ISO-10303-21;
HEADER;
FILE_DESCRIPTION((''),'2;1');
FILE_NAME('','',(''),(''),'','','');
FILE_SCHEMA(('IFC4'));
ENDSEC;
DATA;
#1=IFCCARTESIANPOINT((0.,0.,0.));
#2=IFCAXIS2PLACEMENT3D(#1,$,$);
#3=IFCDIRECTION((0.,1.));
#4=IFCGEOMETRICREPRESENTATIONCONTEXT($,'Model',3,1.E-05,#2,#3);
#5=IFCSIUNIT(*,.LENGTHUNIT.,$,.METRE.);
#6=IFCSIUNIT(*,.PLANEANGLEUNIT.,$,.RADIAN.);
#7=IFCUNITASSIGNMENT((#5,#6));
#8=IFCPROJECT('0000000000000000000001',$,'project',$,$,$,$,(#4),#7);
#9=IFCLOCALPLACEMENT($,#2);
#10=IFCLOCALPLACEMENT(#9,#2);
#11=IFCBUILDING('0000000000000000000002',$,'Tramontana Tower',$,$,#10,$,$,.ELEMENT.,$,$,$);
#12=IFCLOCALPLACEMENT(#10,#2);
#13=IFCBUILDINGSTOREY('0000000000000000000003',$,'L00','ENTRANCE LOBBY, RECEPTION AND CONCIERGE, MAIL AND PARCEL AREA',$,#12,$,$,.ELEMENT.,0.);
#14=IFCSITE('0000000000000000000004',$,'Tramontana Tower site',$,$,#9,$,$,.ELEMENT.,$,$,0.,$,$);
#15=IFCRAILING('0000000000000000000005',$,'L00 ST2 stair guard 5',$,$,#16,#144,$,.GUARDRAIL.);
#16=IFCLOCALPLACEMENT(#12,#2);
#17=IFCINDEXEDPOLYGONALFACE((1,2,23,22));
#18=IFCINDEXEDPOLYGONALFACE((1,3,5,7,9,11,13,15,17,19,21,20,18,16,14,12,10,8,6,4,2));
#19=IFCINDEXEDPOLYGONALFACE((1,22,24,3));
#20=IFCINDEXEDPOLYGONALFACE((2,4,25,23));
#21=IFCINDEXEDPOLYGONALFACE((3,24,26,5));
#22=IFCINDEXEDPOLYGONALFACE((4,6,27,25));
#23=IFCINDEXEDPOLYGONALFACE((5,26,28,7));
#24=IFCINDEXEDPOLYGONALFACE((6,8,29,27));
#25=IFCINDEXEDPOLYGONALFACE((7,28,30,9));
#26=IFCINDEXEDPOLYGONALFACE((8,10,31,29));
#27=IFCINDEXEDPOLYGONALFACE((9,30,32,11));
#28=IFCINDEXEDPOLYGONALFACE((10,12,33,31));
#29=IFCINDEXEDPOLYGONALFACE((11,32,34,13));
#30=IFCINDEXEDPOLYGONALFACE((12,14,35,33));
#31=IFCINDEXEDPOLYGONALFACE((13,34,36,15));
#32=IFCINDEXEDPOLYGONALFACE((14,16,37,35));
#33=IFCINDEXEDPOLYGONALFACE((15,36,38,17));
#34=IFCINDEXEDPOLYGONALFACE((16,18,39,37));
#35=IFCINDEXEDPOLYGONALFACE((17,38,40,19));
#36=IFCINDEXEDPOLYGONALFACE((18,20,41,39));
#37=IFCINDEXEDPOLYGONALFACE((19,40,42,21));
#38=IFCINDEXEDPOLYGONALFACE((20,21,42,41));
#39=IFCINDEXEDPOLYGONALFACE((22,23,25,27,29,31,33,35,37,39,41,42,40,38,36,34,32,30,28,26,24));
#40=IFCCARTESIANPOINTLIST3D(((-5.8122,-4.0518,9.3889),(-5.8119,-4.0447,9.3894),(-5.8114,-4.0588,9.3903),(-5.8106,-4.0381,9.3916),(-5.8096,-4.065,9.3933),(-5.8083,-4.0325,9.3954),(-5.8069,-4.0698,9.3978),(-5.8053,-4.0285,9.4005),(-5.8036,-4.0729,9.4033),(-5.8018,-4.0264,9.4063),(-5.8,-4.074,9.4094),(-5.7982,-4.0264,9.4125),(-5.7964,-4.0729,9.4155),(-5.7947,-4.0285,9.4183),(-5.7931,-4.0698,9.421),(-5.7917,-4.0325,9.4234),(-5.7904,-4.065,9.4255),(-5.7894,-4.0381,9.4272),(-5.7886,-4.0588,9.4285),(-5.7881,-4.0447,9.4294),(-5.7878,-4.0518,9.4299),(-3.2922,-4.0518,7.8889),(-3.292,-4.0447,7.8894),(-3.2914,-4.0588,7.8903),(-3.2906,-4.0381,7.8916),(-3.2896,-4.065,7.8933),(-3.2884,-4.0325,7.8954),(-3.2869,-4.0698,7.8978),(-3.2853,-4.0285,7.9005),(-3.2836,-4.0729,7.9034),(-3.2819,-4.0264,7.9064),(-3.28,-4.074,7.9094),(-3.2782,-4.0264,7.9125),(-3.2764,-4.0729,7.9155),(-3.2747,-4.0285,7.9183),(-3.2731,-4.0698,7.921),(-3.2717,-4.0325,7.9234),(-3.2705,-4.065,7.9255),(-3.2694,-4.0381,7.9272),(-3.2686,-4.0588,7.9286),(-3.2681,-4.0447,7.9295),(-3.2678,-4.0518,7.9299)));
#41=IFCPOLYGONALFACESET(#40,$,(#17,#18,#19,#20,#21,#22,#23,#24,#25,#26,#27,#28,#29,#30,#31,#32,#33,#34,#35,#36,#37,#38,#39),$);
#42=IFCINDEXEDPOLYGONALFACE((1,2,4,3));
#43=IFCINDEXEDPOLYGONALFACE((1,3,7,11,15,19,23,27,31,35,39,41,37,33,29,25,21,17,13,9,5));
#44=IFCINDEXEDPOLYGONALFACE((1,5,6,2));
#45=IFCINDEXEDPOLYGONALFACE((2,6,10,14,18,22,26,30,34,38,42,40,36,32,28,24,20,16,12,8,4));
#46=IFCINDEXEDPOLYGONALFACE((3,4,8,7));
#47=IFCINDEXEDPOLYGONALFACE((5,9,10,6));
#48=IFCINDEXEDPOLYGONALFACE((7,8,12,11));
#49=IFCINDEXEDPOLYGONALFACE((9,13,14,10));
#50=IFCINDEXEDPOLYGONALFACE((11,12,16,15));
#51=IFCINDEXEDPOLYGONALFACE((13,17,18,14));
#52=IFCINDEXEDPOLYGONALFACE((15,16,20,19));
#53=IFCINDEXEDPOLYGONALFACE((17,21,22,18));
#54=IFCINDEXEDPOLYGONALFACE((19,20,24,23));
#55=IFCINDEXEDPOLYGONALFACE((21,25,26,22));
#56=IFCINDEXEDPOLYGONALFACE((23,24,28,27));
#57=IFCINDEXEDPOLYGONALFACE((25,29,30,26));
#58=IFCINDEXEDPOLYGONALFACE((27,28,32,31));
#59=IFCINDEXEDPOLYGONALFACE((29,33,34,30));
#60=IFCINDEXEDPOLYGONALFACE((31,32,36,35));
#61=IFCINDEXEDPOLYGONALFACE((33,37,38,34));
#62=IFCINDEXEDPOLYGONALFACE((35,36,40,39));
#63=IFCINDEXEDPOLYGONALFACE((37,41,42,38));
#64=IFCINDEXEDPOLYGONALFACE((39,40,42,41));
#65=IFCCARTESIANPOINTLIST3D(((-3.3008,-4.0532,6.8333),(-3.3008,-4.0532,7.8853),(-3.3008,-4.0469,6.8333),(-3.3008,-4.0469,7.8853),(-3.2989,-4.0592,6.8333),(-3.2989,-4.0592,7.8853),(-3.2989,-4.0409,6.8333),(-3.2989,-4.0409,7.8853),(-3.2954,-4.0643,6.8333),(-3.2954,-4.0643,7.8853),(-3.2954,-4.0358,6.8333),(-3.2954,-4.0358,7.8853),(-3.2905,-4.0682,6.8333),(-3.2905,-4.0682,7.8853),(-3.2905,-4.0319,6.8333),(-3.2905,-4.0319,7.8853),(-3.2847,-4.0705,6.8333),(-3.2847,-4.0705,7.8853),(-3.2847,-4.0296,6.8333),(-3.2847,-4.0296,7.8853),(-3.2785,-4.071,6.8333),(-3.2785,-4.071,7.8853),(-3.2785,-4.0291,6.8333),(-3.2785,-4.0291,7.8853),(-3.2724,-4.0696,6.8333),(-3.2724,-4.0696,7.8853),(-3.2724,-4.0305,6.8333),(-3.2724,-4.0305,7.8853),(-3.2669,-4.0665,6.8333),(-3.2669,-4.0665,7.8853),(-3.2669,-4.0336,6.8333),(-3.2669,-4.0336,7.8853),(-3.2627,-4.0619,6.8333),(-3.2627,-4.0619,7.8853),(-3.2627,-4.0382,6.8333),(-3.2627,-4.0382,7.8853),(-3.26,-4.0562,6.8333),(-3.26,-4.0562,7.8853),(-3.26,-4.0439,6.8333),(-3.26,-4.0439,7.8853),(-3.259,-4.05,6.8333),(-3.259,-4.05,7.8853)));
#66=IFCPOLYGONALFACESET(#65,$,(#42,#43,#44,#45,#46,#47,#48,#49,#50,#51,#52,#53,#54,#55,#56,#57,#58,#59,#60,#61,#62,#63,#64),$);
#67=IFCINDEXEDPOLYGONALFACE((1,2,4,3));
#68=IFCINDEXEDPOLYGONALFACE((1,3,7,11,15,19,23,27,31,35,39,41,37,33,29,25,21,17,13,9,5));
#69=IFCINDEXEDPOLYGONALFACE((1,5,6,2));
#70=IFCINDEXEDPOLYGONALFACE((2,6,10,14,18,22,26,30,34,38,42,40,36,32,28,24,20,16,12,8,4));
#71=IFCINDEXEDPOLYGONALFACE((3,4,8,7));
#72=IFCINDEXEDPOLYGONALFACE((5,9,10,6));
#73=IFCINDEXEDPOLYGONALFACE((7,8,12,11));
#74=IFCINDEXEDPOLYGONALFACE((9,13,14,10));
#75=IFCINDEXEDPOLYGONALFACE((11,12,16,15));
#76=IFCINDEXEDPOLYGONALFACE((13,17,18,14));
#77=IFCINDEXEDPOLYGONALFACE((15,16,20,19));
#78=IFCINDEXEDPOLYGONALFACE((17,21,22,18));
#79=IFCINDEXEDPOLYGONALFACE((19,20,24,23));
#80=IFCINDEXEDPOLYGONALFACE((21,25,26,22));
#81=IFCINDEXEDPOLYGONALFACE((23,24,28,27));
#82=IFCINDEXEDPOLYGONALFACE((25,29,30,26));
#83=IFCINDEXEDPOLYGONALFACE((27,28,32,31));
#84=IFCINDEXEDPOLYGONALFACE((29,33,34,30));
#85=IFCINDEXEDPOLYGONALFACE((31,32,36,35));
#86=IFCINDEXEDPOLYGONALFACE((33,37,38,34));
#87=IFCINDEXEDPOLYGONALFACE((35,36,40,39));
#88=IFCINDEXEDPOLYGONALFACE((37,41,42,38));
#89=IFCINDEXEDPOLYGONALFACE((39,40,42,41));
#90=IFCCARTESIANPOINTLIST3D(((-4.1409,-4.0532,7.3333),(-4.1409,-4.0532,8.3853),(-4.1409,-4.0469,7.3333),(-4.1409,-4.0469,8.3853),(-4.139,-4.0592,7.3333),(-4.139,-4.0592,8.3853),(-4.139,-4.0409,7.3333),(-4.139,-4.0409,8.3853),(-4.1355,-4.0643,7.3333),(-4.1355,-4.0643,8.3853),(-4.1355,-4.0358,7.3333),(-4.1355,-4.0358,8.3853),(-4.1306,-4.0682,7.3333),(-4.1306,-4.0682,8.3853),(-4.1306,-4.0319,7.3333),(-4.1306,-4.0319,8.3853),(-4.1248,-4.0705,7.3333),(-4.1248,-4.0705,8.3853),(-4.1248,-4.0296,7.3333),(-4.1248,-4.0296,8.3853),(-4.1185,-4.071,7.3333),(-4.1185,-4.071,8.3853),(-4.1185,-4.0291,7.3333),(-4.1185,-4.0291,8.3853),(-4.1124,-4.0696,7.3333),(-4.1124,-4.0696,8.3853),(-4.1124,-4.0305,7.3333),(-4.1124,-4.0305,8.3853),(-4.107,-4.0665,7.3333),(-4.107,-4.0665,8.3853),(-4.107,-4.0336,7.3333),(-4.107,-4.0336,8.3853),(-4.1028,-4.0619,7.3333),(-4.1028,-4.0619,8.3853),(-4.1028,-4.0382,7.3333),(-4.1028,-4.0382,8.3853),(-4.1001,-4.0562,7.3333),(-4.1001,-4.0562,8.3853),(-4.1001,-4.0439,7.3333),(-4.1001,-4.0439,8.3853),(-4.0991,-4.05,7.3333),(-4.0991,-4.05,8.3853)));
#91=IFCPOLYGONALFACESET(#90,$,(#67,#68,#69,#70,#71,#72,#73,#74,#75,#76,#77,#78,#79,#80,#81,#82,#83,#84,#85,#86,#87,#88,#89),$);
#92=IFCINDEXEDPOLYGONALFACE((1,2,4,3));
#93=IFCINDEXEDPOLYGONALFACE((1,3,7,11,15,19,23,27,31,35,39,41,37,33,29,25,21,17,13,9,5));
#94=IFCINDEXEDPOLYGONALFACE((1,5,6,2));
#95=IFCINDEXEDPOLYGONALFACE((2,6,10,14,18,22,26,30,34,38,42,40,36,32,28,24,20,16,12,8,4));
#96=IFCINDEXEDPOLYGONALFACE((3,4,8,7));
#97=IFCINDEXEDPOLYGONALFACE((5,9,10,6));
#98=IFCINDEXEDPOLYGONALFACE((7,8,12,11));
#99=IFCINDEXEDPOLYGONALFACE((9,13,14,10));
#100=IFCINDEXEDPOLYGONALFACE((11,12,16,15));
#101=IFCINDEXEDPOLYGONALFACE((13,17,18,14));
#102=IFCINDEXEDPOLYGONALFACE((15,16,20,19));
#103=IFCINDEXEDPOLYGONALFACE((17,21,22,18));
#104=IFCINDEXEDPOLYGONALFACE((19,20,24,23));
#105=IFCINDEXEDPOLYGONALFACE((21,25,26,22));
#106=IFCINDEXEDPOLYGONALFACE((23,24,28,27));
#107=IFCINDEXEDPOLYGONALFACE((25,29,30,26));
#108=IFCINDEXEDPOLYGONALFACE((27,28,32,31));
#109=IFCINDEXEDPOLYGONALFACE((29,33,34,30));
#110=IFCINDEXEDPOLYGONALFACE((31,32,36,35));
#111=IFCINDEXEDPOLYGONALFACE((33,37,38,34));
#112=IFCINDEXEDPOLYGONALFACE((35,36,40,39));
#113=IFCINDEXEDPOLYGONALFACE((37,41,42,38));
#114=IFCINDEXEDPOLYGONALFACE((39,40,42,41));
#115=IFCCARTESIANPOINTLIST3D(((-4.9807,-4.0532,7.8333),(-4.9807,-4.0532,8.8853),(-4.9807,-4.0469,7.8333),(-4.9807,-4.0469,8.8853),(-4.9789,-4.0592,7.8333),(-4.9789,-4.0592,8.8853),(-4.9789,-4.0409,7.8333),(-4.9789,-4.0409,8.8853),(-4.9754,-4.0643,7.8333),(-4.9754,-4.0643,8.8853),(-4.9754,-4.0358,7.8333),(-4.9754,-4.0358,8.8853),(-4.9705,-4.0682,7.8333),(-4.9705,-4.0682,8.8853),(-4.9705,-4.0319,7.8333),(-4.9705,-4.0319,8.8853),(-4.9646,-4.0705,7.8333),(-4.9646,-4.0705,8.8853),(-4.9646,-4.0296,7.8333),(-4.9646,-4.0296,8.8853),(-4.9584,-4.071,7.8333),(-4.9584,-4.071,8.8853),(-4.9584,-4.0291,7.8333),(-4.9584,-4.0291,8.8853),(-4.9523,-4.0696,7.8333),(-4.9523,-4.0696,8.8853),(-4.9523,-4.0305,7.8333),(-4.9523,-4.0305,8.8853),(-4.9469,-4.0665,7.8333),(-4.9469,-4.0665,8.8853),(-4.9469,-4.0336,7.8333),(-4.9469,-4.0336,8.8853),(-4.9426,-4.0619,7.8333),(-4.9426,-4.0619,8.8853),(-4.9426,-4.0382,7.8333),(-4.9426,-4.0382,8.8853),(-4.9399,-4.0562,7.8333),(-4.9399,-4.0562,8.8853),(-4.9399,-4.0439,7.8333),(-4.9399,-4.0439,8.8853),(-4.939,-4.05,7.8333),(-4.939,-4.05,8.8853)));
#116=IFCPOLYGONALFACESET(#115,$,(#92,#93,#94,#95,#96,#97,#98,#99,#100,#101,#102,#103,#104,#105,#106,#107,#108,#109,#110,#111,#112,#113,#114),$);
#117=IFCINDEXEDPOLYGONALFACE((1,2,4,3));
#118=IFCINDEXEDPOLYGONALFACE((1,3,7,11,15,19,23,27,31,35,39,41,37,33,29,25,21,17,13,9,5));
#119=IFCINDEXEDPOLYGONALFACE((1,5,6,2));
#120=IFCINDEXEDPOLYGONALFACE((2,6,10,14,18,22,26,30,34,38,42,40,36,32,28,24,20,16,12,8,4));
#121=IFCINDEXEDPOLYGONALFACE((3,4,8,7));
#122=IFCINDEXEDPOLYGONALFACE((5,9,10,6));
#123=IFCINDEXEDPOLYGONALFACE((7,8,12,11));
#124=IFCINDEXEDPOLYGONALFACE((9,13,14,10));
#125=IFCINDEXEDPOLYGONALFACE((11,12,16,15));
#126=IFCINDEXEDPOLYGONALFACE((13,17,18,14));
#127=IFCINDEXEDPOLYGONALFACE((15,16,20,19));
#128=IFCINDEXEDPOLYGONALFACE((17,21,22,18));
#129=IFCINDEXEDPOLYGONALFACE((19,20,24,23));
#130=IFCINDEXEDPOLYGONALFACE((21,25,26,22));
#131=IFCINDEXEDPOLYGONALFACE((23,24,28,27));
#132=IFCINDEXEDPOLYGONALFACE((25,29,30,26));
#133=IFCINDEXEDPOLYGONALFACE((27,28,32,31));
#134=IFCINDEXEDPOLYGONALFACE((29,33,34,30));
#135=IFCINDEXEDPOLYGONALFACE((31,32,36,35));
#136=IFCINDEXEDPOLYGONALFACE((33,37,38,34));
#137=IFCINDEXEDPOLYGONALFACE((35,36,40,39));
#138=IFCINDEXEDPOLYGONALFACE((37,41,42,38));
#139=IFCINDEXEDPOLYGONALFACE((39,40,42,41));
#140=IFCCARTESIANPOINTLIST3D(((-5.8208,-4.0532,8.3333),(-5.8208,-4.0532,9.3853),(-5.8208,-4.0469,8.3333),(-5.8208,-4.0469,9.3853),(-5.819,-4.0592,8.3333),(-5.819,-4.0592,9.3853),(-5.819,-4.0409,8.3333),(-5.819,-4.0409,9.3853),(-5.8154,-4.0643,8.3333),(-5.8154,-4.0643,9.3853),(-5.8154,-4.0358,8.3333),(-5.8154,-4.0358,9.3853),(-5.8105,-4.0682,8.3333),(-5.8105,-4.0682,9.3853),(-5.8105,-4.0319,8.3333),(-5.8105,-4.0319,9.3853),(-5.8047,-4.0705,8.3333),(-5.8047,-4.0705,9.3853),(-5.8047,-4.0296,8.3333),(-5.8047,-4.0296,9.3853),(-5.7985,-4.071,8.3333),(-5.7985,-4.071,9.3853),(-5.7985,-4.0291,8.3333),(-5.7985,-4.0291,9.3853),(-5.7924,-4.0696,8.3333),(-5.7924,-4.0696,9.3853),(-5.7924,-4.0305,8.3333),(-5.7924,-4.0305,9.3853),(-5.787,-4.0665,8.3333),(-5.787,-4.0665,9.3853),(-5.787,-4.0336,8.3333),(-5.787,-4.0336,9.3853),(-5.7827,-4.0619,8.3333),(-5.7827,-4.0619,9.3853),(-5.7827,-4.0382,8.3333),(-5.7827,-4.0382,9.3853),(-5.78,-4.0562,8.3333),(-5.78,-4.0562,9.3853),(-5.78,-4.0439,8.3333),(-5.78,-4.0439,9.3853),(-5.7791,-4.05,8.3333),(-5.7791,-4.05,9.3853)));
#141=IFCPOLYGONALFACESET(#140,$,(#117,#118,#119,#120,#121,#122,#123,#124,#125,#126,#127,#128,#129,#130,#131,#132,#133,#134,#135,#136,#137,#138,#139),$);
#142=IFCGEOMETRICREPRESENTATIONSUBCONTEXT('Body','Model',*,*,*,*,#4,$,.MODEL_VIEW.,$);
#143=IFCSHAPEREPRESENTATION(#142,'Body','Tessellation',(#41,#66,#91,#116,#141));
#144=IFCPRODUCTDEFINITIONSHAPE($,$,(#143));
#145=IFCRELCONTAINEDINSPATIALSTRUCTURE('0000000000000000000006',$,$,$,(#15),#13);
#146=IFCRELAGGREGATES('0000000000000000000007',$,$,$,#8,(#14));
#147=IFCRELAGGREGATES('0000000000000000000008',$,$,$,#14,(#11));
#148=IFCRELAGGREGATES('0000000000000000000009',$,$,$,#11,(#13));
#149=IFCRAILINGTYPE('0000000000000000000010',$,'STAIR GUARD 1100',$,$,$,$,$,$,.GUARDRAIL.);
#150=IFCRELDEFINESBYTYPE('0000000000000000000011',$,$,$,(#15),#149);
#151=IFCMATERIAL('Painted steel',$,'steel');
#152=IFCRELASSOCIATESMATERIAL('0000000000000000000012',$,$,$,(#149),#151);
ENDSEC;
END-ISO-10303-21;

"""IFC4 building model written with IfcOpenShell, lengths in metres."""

from ifc_helpers import new_model, si_unit, direction, frame, origin, origin_2d, place, context, subcontext, project, spatial, circle, extrude, material, type_object, element, save


model = new_model("IFC4")

# Units and contexts
model_context = context("Model", 3, precision=1e-05, world=origin(), true_north=direction((0.0, 1.0)))
body_context = subcontext(model_context, "Body", "Model", "MODEL_VIEW")
ifc_project = project(units=[si_unit("LENGTHUNIT", "METRE"), si_unit("PLANEANGLEUNIT", "RADIAN")], contexts=[model_context])

# Site, building, storey
site_placement = place(None, origin())
site = spatial("IfcSite", under=ifc_project, at=site_placement, Name="Tramontana Tower site", CompositionType="ELEMENT", RefElevation=0.0)
building_placement = place(site_placement, origin())
building = spatial("IfcBuilding", under=site, at=building_placement, Name="Tramontana Tower", CompositionType="ELEMENT")
storey_placement = place(building_placement, origin())
storey = spatial("IfcBuildingStorey", under=building, at=storey_placement, Name="L00", Description="ENTRANCE LOBBY, RECEPTION AND CONCIERGE, MAIL AND PARCEL AREA", CompositionType="ELEMENT", Elevation=0.0)

# Railing
ifc_material_1 = material(Name="Painted steel", Category="steel")
railing_type_1 = type_object("IfcRailingType", Name="STAIR GUARD 1100", PredefinedType="GUARDRAIL", material=ifc_material_1)
railing_1_placement = place(storey_placement, frame((-3.28, -4.05, 6.8333)))
element("IfcRailing", 1, at=railing_1_placement, inside=storey, type_object=railing_type_1, Name="L00 ST2 stair guard 5", PredefinedType="GUARDRAIL", context=body_context, shape_type="SweptSolid", body=[
    extrude(circle(Radius=0.0239, at=origin_2d()), frame((0.0, 0.0, 1.0762), z_axis=(-0.859295, 0.0, 0.511481), x_axis=(0.0, -1.0, 0.0)), (0.0, 0.0, 1.0), 2.9326),
    extrude(circle(Radius=0.021, at=origin_2d()), origin(), (0.0, 0.0, 1.0), 1.052),
    extrude(circle(Radius=0.021, at=origin_2d()), frame((-0.8401, 0.0, 0.5)), (0.0, 0.0, 1.0), 1.052),
    extrude(circle(Radius=0.021, at=origin_2d()), frame((-1.6799, 0.0, 1.0)), (0.0, 0.0, 1.0), 1.052),
    extrude(circle(Radius=0.021, at=origin_2d()), frame((-2.52, 0.0, 1.5)), (0.0, 0.0, 1.0), 1.052),
])

save(model, "model.ifc")
